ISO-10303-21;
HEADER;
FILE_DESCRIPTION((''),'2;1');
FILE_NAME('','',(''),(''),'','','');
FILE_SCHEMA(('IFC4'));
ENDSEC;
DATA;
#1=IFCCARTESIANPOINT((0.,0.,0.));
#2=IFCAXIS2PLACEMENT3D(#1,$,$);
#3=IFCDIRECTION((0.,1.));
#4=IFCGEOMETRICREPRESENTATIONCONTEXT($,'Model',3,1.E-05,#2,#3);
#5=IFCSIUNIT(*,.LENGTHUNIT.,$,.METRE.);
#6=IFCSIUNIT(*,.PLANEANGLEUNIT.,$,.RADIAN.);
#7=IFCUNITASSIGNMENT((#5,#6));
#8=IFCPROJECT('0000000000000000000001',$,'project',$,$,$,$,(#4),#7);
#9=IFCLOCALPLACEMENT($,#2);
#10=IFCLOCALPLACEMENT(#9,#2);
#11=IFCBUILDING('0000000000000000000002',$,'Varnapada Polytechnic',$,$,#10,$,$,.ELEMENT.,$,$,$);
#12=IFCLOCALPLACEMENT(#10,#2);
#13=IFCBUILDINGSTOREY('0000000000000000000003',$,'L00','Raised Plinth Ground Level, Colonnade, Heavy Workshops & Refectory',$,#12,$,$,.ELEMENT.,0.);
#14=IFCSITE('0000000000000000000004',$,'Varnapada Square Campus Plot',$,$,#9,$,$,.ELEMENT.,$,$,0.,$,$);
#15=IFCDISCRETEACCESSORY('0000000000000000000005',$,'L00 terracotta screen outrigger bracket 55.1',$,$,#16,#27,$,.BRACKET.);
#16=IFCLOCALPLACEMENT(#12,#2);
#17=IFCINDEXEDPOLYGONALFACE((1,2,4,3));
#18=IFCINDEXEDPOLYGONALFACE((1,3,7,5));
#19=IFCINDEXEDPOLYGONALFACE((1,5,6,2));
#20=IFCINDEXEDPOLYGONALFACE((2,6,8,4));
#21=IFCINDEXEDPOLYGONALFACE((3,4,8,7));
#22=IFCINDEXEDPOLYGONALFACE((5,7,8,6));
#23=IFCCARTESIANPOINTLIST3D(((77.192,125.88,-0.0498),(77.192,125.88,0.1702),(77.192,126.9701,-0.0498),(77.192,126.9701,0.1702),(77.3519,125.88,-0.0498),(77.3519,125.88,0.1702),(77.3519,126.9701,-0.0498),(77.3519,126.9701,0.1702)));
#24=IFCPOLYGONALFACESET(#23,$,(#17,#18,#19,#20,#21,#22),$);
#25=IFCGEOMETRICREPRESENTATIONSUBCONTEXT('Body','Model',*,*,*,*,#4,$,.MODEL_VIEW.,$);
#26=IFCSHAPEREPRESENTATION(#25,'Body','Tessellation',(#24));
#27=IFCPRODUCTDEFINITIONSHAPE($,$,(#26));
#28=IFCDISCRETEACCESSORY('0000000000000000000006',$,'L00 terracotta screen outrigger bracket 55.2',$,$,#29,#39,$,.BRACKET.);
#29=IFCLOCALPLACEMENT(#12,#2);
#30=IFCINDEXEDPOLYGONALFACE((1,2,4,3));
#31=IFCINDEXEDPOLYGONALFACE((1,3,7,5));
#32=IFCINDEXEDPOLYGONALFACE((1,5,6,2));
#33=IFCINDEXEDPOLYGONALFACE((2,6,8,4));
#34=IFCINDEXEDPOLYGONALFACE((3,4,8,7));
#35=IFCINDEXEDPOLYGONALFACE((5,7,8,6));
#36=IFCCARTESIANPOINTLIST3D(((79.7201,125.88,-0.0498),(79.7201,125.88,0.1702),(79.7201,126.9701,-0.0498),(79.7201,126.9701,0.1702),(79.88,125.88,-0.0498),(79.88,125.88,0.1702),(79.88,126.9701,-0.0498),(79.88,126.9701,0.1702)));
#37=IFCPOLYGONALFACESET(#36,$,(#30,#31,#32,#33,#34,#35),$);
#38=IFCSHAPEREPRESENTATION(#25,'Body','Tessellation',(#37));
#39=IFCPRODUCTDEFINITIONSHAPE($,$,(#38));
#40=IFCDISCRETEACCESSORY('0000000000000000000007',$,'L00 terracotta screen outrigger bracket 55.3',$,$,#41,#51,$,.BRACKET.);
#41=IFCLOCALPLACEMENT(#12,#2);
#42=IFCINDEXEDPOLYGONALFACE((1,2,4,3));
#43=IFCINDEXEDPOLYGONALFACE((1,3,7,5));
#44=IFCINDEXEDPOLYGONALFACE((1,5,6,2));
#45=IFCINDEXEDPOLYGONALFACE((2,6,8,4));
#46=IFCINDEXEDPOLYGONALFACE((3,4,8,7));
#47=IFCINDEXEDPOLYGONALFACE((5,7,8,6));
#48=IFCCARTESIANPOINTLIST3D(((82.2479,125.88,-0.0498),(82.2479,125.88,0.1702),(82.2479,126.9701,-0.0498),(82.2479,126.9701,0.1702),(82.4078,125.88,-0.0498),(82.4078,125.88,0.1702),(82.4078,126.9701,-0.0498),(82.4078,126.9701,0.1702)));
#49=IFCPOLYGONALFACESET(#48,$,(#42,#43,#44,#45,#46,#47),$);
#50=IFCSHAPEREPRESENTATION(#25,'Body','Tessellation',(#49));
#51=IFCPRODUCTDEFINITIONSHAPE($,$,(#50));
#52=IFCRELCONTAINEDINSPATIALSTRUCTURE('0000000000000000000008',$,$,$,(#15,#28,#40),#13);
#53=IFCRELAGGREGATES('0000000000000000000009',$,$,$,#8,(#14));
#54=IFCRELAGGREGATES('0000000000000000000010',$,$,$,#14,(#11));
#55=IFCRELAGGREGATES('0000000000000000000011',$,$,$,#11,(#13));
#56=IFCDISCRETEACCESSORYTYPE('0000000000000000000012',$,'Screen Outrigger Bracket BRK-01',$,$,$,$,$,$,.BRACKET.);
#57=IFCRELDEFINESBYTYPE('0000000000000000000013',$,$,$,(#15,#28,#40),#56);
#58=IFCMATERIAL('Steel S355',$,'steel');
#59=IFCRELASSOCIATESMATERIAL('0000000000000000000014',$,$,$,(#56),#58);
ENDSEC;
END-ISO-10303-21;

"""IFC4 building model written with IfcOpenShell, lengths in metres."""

from ifc_helpers import new_model, si_unit, direction, frame, origin, origin_2d, place, context, subcontext, project, spatial, rectangle, extrude, material, type_object, element, save


model = new_model("IFC4")

# Units and contexts
model_context = context("Model", 3, precision=1e-05, world=origin(), true_north=direction((0.0, 1.0)))
body_context = subcontext(model_context, "Body", "Model", "MODEL_VIEW")
ifc_project = project(units=[si_unit("LENGTHUNIT", "METRE"), si_unit("PLANEANGLEUNIT", "RADIAN")], contexts=[model_context])

# Site, building, storey
site_placement = place(None, origin())
site = spatial("IfcSite", under=ifc_project, at=site_placement, Name="Varnapada Square Campus Plot", CompositionType="ELEMENT", RefElevation=0.0)
building_placement = place(site_placement, origin())
building = spatial("IfcBuilding", under=site, at=building_placement, Name="Varnapada Polytechnic", CompositionType="ELEMENT")
storey_placement = place(building_placement, origin())
storey = spatial("IfcBuildingStorey", under=building, at=storey_placement, Name="L00", Description="Raised Plinth Ground Level, Colonnade, Heavy Workshops & Refectory", CompositionType="ELEMENT", Elevation=0.0)

# Discrete accessories
ifc_material_1 = material(Name="Steel S355", Category="steel")
discrete_accessory_type = type_object("IfcDiscreteAccessoryType", Name="Screen Outrigger Bracket BRK-01", PredefinedType="BRACKET", material=ifc_material_1)
for number, where, z_axis, x_axis, name in (
    (1, (77.272, 126.425, -0.0498), (0.0, 0.0, 1.0), (1.0, 0.0, 0.0), "L00 terracotta screen outrigger bracket 55.1"),
    (2, (79.8, 126.425, -0.0498), (0.0, 0.0, 1.0), (1.0, 0.0, 0.0), "L00 terracotta screen outrigger bracket 55.2"),
    (3, (82.3279, 126.425, -0.0498), (0.0, 0.0, 1.0), (1.0, 0.0, 0.0), "L00 terracotta screen outrigger bracket 55.3"),
):
    element("IfcDiscreteAccessory", number, at=place(storey_placement, frame(where, z_axis=z_axis, x_axis=x_axis)), inside=storey, type_object=discrete_accessory_type, Name=name, PredefinedType="BRACKET", context=body_context, shape_type="SweptSolid", body=[
        extrude(rectangle(XDim=0.1599, YDim=1.0901, at=origin_2d()), origin(), (0.0, 0.0, 1.0), 0.22),
    ])

save(model, "model.ifc")
